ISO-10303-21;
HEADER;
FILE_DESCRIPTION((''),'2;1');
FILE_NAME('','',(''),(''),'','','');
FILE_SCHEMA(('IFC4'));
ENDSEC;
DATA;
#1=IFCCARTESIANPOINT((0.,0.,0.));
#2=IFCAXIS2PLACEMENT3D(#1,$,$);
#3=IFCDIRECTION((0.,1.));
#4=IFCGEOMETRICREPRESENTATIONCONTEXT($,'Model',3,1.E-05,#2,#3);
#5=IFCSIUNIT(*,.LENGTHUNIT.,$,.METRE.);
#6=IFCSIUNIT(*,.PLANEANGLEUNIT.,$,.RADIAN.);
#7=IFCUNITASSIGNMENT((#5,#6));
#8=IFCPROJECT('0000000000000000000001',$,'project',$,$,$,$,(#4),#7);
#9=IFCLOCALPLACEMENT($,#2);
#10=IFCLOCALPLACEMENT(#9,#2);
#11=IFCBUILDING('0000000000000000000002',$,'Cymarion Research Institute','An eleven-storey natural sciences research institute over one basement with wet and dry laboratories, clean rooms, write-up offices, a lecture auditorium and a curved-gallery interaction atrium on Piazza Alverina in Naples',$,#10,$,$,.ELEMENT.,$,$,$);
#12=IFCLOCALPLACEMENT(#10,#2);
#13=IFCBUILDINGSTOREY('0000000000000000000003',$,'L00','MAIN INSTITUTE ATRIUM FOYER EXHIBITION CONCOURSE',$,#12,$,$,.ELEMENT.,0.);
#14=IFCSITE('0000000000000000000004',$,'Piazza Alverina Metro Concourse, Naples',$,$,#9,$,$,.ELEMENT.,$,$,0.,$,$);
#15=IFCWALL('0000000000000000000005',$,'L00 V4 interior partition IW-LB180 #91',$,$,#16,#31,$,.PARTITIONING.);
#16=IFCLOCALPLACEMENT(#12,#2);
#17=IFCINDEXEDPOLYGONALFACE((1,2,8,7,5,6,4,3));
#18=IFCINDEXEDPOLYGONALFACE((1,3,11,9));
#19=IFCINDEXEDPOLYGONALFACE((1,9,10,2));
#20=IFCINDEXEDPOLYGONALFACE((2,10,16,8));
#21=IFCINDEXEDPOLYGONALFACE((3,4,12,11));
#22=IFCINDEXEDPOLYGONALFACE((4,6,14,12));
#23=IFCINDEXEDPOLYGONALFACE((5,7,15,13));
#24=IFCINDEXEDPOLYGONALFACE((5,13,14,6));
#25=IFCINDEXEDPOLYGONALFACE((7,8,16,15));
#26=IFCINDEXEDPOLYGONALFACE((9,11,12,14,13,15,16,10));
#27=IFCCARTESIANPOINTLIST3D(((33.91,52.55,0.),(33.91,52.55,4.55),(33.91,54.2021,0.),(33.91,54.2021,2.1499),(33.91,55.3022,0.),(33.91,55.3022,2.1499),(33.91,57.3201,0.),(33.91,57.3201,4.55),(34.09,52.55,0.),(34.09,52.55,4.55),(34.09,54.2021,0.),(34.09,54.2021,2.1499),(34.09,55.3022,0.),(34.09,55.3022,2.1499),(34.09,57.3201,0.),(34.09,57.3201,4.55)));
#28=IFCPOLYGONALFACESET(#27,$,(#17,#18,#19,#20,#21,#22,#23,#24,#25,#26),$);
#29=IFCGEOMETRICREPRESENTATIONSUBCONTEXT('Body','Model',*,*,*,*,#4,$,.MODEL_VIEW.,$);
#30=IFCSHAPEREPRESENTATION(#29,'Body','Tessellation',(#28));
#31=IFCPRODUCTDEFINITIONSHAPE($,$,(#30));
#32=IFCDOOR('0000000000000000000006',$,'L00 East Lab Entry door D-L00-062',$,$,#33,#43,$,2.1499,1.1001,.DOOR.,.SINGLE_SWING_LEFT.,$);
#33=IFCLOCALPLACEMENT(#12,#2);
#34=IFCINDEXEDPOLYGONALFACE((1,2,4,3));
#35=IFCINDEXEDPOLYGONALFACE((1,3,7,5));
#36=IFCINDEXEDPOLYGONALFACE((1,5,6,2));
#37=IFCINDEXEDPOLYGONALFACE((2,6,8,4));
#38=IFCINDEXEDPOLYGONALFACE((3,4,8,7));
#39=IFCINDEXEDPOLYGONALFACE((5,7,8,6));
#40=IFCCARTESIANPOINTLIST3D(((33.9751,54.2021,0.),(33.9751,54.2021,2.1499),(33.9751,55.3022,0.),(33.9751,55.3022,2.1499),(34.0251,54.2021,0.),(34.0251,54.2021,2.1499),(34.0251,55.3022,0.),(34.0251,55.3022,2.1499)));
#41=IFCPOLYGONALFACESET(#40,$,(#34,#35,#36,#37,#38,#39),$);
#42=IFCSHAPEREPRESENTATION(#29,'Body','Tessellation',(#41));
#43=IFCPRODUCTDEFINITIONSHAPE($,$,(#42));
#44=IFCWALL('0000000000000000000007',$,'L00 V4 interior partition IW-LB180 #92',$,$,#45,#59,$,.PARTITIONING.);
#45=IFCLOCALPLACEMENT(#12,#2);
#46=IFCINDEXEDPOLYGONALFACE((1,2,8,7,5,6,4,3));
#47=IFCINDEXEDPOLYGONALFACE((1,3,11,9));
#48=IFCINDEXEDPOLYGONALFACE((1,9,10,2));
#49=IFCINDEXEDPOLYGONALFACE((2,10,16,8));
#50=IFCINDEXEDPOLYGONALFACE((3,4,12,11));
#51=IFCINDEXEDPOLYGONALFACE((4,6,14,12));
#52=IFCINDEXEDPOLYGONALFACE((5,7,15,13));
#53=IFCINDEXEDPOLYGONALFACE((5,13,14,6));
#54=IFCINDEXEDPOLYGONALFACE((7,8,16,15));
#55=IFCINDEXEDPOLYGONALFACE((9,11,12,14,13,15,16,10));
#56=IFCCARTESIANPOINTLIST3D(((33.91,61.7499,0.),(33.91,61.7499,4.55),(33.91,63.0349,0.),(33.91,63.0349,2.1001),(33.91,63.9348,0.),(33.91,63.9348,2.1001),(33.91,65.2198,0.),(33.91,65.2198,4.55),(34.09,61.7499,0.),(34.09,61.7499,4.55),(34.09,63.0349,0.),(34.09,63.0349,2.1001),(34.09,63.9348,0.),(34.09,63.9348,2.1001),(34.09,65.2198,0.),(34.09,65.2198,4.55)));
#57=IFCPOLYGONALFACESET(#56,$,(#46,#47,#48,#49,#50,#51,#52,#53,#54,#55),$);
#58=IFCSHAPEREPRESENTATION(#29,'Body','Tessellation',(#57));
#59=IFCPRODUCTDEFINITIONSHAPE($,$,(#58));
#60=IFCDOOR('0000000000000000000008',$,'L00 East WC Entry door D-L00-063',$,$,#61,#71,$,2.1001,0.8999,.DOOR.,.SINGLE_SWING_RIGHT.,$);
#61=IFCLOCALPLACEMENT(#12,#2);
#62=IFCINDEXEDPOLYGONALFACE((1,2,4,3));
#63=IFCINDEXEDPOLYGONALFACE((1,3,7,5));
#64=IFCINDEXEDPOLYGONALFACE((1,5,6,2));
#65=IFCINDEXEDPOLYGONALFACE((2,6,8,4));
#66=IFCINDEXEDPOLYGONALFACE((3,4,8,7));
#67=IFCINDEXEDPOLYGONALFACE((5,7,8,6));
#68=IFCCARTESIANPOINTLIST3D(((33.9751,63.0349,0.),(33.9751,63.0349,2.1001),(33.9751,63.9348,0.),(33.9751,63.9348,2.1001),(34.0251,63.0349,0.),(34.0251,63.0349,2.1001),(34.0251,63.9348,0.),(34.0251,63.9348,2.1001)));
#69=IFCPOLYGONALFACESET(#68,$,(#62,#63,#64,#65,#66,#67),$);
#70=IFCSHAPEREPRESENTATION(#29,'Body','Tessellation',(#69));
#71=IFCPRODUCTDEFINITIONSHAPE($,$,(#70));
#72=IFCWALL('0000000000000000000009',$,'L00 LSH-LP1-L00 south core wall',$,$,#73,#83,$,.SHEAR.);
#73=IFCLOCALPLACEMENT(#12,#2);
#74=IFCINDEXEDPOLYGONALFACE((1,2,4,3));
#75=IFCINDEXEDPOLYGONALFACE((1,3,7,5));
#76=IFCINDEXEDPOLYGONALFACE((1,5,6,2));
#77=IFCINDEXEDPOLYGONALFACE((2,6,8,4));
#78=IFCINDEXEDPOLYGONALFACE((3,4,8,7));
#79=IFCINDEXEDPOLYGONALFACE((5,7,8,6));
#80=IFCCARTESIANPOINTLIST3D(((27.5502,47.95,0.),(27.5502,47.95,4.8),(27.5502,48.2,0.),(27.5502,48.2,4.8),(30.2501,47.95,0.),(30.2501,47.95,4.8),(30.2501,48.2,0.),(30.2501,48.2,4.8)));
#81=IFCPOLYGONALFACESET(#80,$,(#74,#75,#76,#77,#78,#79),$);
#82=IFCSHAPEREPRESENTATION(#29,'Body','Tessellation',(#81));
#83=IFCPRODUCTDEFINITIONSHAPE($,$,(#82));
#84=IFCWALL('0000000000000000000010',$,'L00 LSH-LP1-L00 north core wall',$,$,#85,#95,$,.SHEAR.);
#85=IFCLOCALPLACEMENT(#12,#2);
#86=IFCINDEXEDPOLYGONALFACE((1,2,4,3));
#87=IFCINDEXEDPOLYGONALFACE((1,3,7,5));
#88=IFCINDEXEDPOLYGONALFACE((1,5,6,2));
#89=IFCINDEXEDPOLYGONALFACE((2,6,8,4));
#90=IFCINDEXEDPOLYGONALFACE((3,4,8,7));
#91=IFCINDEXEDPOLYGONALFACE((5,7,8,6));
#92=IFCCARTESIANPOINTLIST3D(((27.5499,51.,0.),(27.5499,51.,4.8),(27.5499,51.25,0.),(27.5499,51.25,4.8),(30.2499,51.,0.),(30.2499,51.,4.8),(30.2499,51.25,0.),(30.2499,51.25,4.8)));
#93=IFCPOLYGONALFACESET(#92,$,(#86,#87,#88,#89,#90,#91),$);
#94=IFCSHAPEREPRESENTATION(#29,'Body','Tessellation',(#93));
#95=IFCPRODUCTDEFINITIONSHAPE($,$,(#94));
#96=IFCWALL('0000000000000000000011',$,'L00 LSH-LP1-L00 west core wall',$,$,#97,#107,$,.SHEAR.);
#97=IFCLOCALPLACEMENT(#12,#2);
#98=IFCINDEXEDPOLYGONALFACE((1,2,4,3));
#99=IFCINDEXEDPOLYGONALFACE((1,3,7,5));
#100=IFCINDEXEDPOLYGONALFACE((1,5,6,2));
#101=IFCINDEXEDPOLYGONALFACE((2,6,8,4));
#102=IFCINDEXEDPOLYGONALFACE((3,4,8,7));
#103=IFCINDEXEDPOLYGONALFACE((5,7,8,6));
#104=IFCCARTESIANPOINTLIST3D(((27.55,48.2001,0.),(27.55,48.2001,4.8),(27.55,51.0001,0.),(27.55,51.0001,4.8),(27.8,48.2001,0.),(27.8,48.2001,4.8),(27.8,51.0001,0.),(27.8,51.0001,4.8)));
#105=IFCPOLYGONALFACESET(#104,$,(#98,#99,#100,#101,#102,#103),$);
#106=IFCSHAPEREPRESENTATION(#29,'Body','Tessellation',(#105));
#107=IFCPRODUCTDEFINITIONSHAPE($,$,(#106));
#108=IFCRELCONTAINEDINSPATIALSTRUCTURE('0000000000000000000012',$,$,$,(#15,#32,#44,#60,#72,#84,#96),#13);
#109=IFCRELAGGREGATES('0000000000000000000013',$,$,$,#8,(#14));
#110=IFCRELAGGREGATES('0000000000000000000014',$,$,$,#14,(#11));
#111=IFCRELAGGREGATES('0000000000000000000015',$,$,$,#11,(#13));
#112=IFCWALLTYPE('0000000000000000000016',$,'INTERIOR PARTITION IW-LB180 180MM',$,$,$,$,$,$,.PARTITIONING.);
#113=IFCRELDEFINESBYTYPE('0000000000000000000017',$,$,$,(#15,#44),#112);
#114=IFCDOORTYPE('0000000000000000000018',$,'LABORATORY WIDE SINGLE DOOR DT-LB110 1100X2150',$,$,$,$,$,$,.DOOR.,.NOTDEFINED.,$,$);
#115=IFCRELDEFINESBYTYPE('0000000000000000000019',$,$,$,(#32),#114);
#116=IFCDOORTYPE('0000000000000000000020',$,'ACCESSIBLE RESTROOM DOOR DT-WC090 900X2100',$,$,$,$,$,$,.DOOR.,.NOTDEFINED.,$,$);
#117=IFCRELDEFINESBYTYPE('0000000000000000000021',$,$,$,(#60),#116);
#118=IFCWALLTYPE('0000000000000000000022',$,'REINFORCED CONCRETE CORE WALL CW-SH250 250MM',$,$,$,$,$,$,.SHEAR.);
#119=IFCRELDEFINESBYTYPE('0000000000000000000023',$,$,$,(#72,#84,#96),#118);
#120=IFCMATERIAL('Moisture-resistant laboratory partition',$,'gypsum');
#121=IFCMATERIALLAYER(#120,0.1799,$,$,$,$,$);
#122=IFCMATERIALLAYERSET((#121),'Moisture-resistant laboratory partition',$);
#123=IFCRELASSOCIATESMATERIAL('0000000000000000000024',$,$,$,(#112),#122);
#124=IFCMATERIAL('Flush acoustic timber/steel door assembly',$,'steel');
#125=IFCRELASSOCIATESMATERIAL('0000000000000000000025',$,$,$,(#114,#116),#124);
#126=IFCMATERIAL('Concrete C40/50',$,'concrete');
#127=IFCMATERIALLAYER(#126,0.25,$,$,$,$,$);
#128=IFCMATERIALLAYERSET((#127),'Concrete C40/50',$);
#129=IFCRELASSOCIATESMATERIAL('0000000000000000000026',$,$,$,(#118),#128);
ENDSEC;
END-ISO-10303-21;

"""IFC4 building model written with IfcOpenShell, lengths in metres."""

from ifc_helpers import new_model, si_unit, direction, frame, frame_2d, origin, place, context, subcontext, project, spatial, rectangle, extrude, material, layer, layer_set, type_object, element, fill, save


model = new_model("IFC4")

# Units and contexts
model_context = context("Model", 3, precision=1e-05, world=origin(), true_north=direction((0.0, 1.0)))
body_context = subcontext(model_context, "Body", "Model", "MODEL_VIEW")
ifc_project = project(units=[si_unit("LENGTHUNIT", "METRE"), si_unit("PLANEANGLEUNIT", "RADIAN")], contexts=[model_context])

# Site, building, storey
site_placement = place(None, origin())
site = spatial("IfcSite", under=ifc_project, at=site_placement, Name="Piazza Alverina Metro Concourse, Naples", CompositionType="ELEMENT", RefElevation=0.0)
building_placement = place(site_placement, origin())
building = spatial("IfcBuilding", under=site, at=building_placement, Name="Cymarion Research Institute", Description="An eleven-storey natural sciences research institute over one basement with wet and dry laboratories, clean rooms, write-up offices, a lecture auditorium and a curved-gallery interaction atrium on Piazza Alverina in Naples", CompositionType="ELEMENT")
storey_placement = place(building_placement, origin())
storey = spatial("IfcBuildingStorey", under=building, at=storey_placement, Name="L00", Description="MAIN INSTITUTE ATRIUM FOYER EXHIBITION CONCOURSE", CompositionType="ELEMENT", Elevation=0.0)

# Shared definitions
ifc_material_1 = material(Name="Concrete C40/50", Category="concrete")

# Shared definitions
ifc_material_2 = material(Name="Flush acoustic timber/steel door assembly", Category="steel")

# Shared definitions
ifc_material_3 = material(Name="Moisture-resistant laboratory partition", Category="gypsum")
ifc_layer_1 = layer(ifc_material_3, 0.1799)
ifc_layer_set_1 = layer_set([ifc_layer_1], Name="Moisture-resistant laboratory partition")
wall_type_1 = type_object("IfcWallType", Name="INTERIOR PARTITION IW-LB180 180MM", PredefinedType="PARTITIONING", material=ifc_layer_set_1)

# Walls, openings, doors
wall_1_placement = place(storey_placement, frame((34.0, 52.55, 0.0), z_axis=(0.0, 0.0, 1.0), x_axis=(0.0, 1.0, 0.0)))
wall_1 = element("IfcWall", 1, at=wall_1_placement, inside=storey, type_object=wall_type_1, Name="L00 V4 interior partition IW-LB180 #91", PredefinedType="PARTITIONING", context=body_context, shape_type="SweptSolid", body=[
    extrude(rectangle(XDim=4.77, YDim=0.1799, at=frame_2d((2.385, 0.0))), origin(), (0.0, 0.0, 1.0), 4.55),
])
opening_1_placement = place(wall_1_placement, frame((1.6521, 0.0, 0.0)))
opening_1 = element("IfcOpeningElement", 2, at=opening_1_placement, cuts=wall_1, PredefinedType="OPENING", context=body_context, shape_type="SweptSolid", body=[
    extrude(rectangle(XDim=1.1001, YDim=2.1499, at=frame_2d((0.55, 1.075))), frame((0.0, 0.0999, 0.0), z_axis=(0.0, -1.0, 0.0), x_axis=(1.0, 0.0, 0.0)), (0.0, 0.0, 1.0), 0.2),
])
door_type_1 = type_object("IfcDoorType", Name="LABORATORY WIDE SINGLE DOOR DT-LB110 1100X2150", OperationType="NOTDEFINED", PredefinedType="DOOR", material=ifc_material_2)
door_1_placement = place(opening_1_placement, origin())
door_1 = element("IfcDoor", 3, at=door_1_placement, inside=storey, type_object=door_type_1, Name="L00 East Lab Entry door D-L00-062", OperationType="SINGLE_SWING_LEFT", OverallHeight=2.1499, OverallWidth=1.1001, PredefinedType="DOOR", context=body_context, shape_type="SweptSolid", body=[
    extrude(rectangle(XDim=1.1001, YDim=2.1499, at=frame_2d((0.55, 1.075))), frame((0.0, 0.0249, 0.0), z_axis=(0.0, -1.0, 0.0), x_axis=(1.0, 0.0, 0.0)), (0.0, 0.0, 1.0), 0.05),
])
fill(opening_1, door_1)
wall_2_placement = place(storey_placement, frame((34.0, 61.75, 0.0), z_axis=(0.0, 0.0, 1.0), x_axis=(0.0, 1.0, 0.0)))
wall_2 = element("IfcWall", 4, at=wall_2_placement, inside=storey, type_object=wall_type_1, Name="L00 V4 interior partition IW-LB180 #92", PredefinedType="PARTITIONING", context=body_context, shape_type="SweptSolid", body=[
    extrude(rectangle(XDim=3.47, YDim=0.1799, at=frame_2d((1.7349, 0.0))), origin(), (0.0, 0.0, 1.0), 4.55),
])
opening_2_placement = place(wall_2_placement, frame((1.2849, 0.0, 0.0)))
opening_2 = element("IfcOpeningElement", 5, at=opening_2_placement, cuts=wall_2, PredefinedType="OPENING", context=body_context, shape_type="SweptSolid", body=[
    extrude(rectangle(XDim=0.8999, YDim=2.1001, at=frame_2d((0.45, 1.05))), frame((0.0, 0.0999, 0.0), z_axis=(0.0, -1.0, 0.0), x_axis=(1.0, 0.0, 0.0)), (0.0, 0.0, 1.0), 0.2),
])
door_type_2 = type_object("IfcDoorType", Name="ACCESSIBLE RESTROOM DOOR DT-WC090 900X2100", OperationType="NOTDEFINED", PredefinedType="DOOR", material=ifc_material_2)
door_2_placement = place(opening_2_placement, origin())
door_2 = element("IfcDoor", 6, at=door_2_placement, inside=storey, type_object=door_type_2, Name="L00 East WC Entry door D-L00-063", OperationType="SINGLE_SWING_RIGHT", OverallHeight=2.1001, OverallWidth=0.8999, PredefinedType="DOOR", context=body_context, shape_type="SweptSolid", body=[
    extrude(rectangle(XDim=0.8999, YDim=2.1001, at=frame_2d((0.45, 1.05))), frame((0.0, 0.0249, 0.0), z_axis=(0.0, -1.0, 0.0), x_axis=(1.0, 0.0, 0.0)), (0.0, 0.0, 1.0), 0.05),
])
fill(opening_2, door_2)

# Walls
ifc_layer_2 = layer(ifc_material_1, 0.25)
ifc_layer_set_2 = layer_set([ifc_layer_2], Name="Concrete C40/50")
wall_type_2 = type_object("IfcWallType", Name="REINFORCED CONCRETE CORE WALL CW-SH250 250MM", PredefinedType="SHEAR", material=ifc_layer_set_2)
for number, where, z_axis, x_axis, name in (
    (7, (27.55, 48.075, 0.0), (0.0, 0.0, 1.0), (1.0, 0.0, 0.0), "L00 LSH-LP1-L00 south core wall"),
    (8, (30.25, 51.125, 0.0), (0.0, 0.0, 1.0), (-1.0, 0.0, 0.0), "L00 LSH-LP1-L00 north core wall"),
):
    element("IfcWall", number, at=place(storey_placement, frame(where, z_axis=z_axis, x_axis=x_axis)), inside=storey, type_object=wall_type_2, Name=name, PredefinedType="SHEAR", context=body_context, shape_type="SweptSolid", body=[
        extrude(rectangle(XDim=2.7, YDim=0.25, at=frame_2d((1.3501, 0.0))), origin(), (0.0, 0.0, 1.0), 4.8),
    ])
wall_3_placement = place(storey_placement, frame((27.675, 51.0, 0.0), z_axis=(0.0, 0.0, 1.0), x_axis=(0.0, -1.0, 0.0)))
element("IfcWall", 9, at=wall_3_placement, inside=storey, type_object=wall_type_2, Name="L00 LSH-LP1-L00 west core wall", PredefinedType="SHEAR", context=body_context, shape_type="SweptSolid", body=[
    extrude(rectangle(XDim=2.8, YDim=0.25, at=frame_2d((1.3999, 0.0))), origin(), (0.0, 0.0, 1.0), 4.8),
])

save(model, "model.ifc")
